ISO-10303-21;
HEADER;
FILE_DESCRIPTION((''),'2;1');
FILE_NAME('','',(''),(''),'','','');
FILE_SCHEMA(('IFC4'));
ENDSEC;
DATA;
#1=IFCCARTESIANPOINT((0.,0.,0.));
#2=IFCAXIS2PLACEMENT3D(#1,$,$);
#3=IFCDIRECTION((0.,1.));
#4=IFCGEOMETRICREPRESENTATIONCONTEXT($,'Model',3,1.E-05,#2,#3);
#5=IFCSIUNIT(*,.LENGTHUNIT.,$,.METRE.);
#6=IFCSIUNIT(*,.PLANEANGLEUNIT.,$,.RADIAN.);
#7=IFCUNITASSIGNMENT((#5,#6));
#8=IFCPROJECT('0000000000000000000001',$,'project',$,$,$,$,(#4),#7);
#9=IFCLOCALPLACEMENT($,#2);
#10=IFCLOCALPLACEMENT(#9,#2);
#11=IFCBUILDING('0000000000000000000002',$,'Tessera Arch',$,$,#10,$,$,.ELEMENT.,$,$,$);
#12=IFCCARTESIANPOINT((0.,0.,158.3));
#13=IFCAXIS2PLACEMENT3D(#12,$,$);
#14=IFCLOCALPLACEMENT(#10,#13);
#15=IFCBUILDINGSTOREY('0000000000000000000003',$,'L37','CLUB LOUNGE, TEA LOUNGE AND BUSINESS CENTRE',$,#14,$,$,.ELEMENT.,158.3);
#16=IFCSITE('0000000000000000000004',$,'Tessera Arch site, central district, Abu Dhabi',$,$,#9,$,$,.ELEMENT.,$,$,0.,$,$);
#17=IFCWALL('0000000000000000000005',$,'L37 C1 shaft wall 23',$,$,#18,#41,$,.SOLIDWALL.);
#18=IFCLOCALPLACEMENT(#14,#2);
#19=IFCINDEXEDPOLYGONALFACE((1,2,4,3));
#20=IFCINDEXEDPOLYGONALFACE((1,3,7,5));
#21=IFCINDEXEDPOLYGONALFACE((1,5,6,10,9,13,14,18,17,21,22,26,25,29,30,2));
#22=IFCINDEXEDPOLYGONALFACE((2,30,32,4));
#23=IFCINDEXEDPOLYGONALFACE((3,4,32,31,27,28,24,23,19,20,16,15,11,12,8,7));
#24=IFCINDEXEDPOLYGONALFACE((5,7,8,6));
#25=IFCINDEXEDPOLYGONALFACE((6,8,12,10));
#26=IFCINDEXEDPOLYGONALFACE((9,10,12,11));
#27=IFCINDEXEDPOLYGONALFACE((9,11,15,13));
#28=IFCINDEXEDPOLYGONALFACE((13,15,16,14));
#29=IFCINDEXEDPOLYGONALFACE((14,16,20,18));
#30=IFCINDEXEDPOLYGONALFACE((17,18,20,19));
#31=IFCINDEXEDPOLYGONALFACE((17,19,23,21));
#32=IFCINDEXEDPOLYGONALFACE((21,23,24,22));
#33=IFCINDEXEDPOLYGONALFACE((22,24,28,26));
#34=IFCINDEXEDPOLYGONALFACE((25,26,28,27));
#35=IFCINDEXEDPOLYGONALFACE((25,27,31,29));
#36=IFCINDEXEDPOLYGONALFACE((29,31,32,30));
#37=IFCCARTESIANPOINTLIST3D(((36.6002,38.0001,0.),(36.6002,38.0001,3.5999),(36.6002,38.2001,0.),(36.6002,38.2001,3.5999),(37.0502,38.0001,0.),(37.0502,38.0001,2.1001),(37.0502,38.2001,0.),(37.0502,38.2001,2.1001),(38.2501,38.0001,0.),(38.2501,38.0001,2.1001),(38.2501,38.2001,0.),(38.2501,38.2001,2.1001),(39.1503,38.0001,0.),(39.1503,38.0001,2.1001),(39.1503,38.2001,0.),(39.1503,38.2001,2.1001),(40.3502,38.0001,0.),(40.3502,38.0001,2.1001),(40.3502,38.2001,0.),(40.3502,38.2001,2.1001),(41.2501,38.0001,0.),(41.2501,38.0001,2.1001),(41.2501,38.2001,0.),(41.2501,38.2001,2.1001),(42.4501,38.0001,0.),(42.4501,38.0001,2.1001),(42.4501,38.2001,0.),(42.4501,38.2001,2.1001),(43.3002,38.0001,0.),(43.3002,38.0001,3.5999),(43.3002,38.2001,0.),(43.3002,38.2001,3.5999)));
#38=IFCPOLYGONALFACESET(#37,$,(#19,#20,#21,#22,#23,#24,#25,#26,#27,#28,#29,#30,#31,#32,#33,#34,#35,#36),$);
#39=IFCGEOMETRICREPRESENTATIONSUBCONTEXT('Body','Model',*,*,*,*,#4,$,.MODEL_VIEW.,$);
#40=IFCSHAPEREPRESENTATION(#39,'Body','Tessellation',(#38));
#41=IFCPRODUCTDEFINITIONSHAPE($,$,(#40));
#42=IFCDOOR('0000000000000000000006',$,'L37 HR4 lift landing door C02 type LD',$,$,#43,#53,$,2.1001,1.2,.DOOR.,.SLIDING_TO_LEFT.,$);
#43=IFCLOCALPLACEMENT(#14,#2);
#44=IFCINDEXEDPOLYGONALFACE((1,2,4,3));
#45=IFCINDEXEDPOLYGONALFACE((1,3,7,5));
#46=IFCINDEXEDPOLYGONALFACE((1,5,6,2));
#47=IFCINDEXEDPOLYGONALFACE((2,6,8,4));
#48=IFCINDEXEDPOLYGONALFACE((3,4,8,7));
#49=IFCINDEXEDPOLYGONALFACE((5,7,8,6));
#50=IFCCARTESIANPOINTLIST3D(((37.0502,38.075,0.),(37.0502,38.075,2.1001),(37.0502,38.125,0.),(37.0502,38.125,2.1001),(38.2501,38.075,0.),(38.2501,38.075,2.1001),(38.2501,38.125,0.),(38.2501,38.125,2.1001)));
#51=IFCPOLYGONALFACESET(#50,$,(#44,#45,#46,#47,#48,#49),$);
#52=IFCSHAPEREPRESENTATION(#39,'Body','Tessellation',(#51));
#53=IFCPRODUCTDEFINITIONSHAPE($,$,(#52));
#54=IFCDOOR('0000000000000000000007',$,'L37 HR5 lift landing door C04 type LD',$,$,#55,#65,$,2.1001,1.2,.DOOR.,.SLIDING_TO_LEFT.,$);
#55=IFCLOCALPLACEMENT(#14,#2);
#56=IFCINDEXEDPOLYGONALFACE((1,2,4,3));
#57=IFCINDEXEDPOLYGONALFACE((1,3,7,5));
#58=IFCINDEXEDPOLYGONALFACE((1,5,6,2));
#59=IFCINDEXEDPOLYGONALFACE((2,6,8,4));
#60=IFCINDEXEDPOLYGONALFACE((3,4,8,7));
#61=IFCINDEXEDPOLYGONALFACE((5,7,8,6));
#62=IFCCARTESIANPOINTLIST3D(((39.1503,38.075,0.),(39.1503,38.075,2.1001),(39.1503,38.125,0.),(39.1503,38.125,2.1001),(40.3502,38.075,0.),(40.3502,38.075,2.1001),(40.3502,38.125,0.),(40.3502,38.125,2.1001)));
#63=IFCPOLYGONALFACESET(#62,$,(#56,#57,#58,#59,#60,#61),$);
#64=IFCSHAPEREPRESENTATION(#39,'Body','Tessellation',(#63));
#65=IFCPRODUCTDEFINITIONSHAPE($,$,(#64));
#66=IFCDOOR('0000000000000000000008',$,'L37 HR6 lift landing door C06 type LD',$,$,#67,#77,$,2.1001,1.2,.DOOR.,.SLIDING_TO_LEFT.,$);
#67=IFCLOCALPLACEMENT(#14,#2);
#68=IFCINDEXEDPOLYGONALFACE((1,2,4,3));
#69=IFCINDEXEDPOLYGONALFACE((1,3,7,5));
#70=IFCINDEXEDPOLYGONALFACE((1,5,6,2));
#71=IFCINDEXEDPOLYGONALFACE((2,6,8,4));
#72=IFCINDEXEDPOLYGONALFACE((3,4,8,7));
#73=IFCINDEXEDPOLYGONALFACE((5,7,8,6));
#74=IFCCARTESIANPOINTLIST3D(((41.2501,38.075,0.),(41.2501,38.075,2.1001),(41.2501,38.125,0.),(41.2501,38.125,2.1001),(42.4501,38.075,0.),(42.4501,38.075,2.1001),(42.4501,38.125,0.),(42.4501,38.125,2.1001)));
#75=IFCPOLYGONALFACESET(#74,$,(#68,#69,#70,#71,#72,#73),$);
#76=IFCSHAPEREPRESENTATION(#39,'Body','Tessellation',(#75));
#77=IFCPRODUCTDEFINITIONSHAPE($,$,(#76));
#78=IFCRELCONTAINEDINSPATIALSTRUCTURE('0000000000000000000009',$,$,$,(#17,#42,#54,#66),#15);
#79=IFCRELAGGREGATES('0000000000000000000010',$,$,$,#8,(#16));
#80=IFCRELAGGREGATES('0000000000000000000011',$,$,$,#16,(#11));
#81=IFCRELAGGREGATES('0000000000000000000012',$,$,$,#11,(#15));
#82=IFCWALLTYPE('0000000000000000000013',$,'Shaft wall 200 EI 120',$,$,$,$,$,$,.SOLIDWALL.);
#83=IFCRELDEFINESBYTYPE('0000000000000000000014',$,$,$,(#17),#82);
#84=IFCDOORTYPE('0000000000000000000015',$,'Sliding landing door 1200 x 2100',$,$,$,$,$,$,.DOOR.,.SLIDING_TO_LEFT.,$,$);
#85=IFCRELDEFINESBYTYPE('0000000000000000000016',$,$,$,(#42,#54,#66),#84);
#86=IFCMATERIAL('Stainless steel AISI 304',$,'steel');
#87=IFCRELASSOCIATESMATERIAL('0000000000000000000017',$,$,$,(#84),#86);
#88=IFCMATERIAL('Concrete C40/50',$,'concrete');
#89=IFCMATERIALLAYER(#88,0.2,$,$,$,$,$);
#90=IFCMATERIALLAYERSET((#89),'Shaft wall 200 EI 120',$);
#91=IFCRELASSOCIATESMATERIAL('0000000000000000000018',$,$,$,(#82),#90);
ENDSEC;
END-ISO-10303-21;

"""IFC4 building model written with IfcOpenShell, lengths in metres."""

from ifc_helpers import new_model, si_unit, direction, frame, frame_2d, origin, place, context, subcontext, project, spatial, rectangle, extrude, material, layer, layer_set, type_object, element, fill, save


model = new_model("IFC4")

# Units and contexts
model_context = context("Model", 3, precision=1e-05, world=origin(), true_north=direction((0.0, 1.0)))
body_context = subcontext(model_context, "Body", "Model", "MODEL_VIEW")
ifc_project = project(units=[si_unit("LENGTHUNIT", "METRE"), si_unit("PLANEANGLEUNIT", "RADIAN")], contexts=[model_context])

# Site, building, storey
site_placement = place(None, origin())
site = spatial("IfcSite", under=ifc_project, at=site_placement, Name="Tessera Arch site, central district, Abu Dhabi", CompositionType="ELEMENT", RefElevation=0.0)
building_placement = place(site_placement, origin())
building = spatial("IfcBuilding", under=site, at=building_placement, Name="Tessera Arch", CompositionType="ELEMENT")
storey_placement = place(building_placement, frame((0.0, 0.0, 158.3)))
storey = spatial("IfcBuildingStorey", under=building, at=storey_placement, Name="L37", Description="CLUB LOUNGE, TEA LOUNGE AND BUSINESS CENTRE", CompositionType="ELEMENT", Elevation=158.3)

# Shared definitions
ifc_material_1 = material(Name="Stainless steel AISI 304", Category="steel")
door_type_1 = type_object("IfcDoorType", Name="Sliding landing door 1200 x 2100", OperationType="SLIDING_TO_LEFT", PredefinedType="DOOR", material=ifc_material_1)

# Shared definitions
ifc_material_2 = material(Name="Concrete C40/50", Category="concrete")
ifc_layer_1 = layer(ifc_material_2, 0.2)
ifc_layer_set_1 = layer_set([ifc_layer_1], Name="Shaft wall 200 EI 120")
wall_type_1 = type_object("IfcWallType", Name="Shaft wall 200 EI 120", PredefinedType="SOLIDWALL", material=ifc_layer_set_1)

# Wall, openings, doors
wall_1_placement = place(storey_placement, frame((36.6001, 38.1001, 0.0), z_axis=(0.0, 0.0, 1.0), x_axis=(1.0, 0.0, 0.0)))
wall_1 = element("IfcWall", 1, at=wall_1_placement, inside=storey, type_object=wall_type_1, Name="L37 C1 shaft wall 23", PredefinedType="SOLIDWALL", context=body_context, shape_type="SweptSolid", body=[
    extrude(rectangle(XDim=6.7, YDim=0.2, at=frame_2d((3.3501, 0.0))), origin(), (0.0, 0.0, 1.0), 3.5999),
])
opening_1_placement = place(wall_1_placement, frame((0.45, 0.0, 0.0)))
opening_1 = element("IfcOpeningElement", 2, at=opening_1_placement, cuts=wall_1, PredefinedType="OPENING", context=body_context, shape_type="SweptSolid", body=[
    extrude(rectangle(XDim=1.2, YDim=2.1001, at=frame_2d((0.6001, 1.05))), frame((0.0, 0.1099, 0.0), z_axis=(0.0, -1.0, 0.0), x_axis=(1.0, 0.0, 0.0)), (0.0, 0.0, 1.0), 0.22),
])
opening_2_placement = place(wall_1_placement, frame((2.55, 0.0, 0.0)))
opening_2 = element("IfcOpeningElement", 3, at=opening_2_placement, cuts=wall_1, PredefinedType="OPENING", context=body_context, shape_type="SweptSolid", body=[
    extrude(rectangle(XDim=1.2, YDim=2.1001, at=frame_2d((0.6001, 1.05))), frame((0.0, 0.1099, 0.0), z_axis=(0.0, -1.0, 0.0), x_axis=(1.0, 0.0, 0.0)), (0.0, 0.0, 1.0), 0.22),
])
opening_3_placement = place(wall_1_placement, frame((4.6499, 0.0, 0.0)))
opening_3 = element("IfcOpeningElement", 4, at=opening_3_placement, cuts=wall_1, PredefinedType="OPENING", context=body_context, shape_type="SweptSolid", body=[
    extrude(rectangle(XDim=1.2, YDim=2.1001, at=frame_2d((0.6001, 1.05))), frame((0.0, 0.1099, 0.0), z_axis=(0.0, -1.0, 0.0), x_axis=(1.0, 0.0, 0.0)), (0.0, 0.0, 1.0), 0.22),
])
door_1_placement = place(opening_1_placement, origin())
door_1 = element("IfcDoor", 5, at=door_1_placement, inside=storey, type_object=door_type_1, Name="L37 HR4 lift landing door C02 type LD", OperationType="SLIDING_TO_LEFT", OverallHeight=2.1001, OverallWidth=1.2, PredefinedType="DOOR", context=body_context, shape_type="SweptSolid", body=[
    extrude(rectangle(XDim=1.2, YDim=2.1001, at=frame_2d((0.6001, 1.05))), frame((0.0, 0.0249, 0.0), z_axis=(0.0, -1.0, 0.0), x_axis=(1.0, 0.0, 0.0)), (0.0, 0.0, 1.0), 0.05),
])
fill(opening_1, door_1)
door_2_placement = place(opening_2_placement, origin())
door_2 = element("IfcDoor", 6, at=door_2_placement, inside=storey, type_object=door_type_1, Name="L37 HR5 lift landing door C04 type LD", OperationType="SLIDING_TO_LEFT", OverallHeight=2.1001, OverallWidth=1.2, PredefinedType="DOOR", context=body_context, shape_type="SweptSolid", body=[
    extrude(rectangle(XDim=1.2, YDim=2.1001, at=frame_2d((0.6001, 1.05))), frame((0.0, 0.0249, 0.0), z_axis=(0.0, -1.0, 0.0), x_axis=(1.0, 0.0, 0.0)), (0.0, 0.0, 1.0), 0.05),
])
fill(opening_2, door_2)
door_3_placement = place(opening_3_placement, origin())
door_3 = element("IfcDoor", 7, at=door_3_placement, inside=storey, type_object=door_type_1, Name="L37 HR6 lift landing door C06 type LD", OperationType="SLIDING_TO_LEFT", OverallHeight=2.1001, OverallWidth=1.2, PredefinedType="DOOR", context=body_context, shape_type="SweptSolid", body=[
    extrude(rectangle(XDim=1.2, YDim=2.1001, at=frame_2d((0.6001, 1.05))), frame((0.0, 0.0249, 0.0), z_axis=(0.0, -1.0, 0.0), x_axis=(1.0, 0.0, 0.0)), (0.0, 0.0, 1.0), 0.05),
])
fill(opening_3, door_3)

save(model, "model.ifc")
